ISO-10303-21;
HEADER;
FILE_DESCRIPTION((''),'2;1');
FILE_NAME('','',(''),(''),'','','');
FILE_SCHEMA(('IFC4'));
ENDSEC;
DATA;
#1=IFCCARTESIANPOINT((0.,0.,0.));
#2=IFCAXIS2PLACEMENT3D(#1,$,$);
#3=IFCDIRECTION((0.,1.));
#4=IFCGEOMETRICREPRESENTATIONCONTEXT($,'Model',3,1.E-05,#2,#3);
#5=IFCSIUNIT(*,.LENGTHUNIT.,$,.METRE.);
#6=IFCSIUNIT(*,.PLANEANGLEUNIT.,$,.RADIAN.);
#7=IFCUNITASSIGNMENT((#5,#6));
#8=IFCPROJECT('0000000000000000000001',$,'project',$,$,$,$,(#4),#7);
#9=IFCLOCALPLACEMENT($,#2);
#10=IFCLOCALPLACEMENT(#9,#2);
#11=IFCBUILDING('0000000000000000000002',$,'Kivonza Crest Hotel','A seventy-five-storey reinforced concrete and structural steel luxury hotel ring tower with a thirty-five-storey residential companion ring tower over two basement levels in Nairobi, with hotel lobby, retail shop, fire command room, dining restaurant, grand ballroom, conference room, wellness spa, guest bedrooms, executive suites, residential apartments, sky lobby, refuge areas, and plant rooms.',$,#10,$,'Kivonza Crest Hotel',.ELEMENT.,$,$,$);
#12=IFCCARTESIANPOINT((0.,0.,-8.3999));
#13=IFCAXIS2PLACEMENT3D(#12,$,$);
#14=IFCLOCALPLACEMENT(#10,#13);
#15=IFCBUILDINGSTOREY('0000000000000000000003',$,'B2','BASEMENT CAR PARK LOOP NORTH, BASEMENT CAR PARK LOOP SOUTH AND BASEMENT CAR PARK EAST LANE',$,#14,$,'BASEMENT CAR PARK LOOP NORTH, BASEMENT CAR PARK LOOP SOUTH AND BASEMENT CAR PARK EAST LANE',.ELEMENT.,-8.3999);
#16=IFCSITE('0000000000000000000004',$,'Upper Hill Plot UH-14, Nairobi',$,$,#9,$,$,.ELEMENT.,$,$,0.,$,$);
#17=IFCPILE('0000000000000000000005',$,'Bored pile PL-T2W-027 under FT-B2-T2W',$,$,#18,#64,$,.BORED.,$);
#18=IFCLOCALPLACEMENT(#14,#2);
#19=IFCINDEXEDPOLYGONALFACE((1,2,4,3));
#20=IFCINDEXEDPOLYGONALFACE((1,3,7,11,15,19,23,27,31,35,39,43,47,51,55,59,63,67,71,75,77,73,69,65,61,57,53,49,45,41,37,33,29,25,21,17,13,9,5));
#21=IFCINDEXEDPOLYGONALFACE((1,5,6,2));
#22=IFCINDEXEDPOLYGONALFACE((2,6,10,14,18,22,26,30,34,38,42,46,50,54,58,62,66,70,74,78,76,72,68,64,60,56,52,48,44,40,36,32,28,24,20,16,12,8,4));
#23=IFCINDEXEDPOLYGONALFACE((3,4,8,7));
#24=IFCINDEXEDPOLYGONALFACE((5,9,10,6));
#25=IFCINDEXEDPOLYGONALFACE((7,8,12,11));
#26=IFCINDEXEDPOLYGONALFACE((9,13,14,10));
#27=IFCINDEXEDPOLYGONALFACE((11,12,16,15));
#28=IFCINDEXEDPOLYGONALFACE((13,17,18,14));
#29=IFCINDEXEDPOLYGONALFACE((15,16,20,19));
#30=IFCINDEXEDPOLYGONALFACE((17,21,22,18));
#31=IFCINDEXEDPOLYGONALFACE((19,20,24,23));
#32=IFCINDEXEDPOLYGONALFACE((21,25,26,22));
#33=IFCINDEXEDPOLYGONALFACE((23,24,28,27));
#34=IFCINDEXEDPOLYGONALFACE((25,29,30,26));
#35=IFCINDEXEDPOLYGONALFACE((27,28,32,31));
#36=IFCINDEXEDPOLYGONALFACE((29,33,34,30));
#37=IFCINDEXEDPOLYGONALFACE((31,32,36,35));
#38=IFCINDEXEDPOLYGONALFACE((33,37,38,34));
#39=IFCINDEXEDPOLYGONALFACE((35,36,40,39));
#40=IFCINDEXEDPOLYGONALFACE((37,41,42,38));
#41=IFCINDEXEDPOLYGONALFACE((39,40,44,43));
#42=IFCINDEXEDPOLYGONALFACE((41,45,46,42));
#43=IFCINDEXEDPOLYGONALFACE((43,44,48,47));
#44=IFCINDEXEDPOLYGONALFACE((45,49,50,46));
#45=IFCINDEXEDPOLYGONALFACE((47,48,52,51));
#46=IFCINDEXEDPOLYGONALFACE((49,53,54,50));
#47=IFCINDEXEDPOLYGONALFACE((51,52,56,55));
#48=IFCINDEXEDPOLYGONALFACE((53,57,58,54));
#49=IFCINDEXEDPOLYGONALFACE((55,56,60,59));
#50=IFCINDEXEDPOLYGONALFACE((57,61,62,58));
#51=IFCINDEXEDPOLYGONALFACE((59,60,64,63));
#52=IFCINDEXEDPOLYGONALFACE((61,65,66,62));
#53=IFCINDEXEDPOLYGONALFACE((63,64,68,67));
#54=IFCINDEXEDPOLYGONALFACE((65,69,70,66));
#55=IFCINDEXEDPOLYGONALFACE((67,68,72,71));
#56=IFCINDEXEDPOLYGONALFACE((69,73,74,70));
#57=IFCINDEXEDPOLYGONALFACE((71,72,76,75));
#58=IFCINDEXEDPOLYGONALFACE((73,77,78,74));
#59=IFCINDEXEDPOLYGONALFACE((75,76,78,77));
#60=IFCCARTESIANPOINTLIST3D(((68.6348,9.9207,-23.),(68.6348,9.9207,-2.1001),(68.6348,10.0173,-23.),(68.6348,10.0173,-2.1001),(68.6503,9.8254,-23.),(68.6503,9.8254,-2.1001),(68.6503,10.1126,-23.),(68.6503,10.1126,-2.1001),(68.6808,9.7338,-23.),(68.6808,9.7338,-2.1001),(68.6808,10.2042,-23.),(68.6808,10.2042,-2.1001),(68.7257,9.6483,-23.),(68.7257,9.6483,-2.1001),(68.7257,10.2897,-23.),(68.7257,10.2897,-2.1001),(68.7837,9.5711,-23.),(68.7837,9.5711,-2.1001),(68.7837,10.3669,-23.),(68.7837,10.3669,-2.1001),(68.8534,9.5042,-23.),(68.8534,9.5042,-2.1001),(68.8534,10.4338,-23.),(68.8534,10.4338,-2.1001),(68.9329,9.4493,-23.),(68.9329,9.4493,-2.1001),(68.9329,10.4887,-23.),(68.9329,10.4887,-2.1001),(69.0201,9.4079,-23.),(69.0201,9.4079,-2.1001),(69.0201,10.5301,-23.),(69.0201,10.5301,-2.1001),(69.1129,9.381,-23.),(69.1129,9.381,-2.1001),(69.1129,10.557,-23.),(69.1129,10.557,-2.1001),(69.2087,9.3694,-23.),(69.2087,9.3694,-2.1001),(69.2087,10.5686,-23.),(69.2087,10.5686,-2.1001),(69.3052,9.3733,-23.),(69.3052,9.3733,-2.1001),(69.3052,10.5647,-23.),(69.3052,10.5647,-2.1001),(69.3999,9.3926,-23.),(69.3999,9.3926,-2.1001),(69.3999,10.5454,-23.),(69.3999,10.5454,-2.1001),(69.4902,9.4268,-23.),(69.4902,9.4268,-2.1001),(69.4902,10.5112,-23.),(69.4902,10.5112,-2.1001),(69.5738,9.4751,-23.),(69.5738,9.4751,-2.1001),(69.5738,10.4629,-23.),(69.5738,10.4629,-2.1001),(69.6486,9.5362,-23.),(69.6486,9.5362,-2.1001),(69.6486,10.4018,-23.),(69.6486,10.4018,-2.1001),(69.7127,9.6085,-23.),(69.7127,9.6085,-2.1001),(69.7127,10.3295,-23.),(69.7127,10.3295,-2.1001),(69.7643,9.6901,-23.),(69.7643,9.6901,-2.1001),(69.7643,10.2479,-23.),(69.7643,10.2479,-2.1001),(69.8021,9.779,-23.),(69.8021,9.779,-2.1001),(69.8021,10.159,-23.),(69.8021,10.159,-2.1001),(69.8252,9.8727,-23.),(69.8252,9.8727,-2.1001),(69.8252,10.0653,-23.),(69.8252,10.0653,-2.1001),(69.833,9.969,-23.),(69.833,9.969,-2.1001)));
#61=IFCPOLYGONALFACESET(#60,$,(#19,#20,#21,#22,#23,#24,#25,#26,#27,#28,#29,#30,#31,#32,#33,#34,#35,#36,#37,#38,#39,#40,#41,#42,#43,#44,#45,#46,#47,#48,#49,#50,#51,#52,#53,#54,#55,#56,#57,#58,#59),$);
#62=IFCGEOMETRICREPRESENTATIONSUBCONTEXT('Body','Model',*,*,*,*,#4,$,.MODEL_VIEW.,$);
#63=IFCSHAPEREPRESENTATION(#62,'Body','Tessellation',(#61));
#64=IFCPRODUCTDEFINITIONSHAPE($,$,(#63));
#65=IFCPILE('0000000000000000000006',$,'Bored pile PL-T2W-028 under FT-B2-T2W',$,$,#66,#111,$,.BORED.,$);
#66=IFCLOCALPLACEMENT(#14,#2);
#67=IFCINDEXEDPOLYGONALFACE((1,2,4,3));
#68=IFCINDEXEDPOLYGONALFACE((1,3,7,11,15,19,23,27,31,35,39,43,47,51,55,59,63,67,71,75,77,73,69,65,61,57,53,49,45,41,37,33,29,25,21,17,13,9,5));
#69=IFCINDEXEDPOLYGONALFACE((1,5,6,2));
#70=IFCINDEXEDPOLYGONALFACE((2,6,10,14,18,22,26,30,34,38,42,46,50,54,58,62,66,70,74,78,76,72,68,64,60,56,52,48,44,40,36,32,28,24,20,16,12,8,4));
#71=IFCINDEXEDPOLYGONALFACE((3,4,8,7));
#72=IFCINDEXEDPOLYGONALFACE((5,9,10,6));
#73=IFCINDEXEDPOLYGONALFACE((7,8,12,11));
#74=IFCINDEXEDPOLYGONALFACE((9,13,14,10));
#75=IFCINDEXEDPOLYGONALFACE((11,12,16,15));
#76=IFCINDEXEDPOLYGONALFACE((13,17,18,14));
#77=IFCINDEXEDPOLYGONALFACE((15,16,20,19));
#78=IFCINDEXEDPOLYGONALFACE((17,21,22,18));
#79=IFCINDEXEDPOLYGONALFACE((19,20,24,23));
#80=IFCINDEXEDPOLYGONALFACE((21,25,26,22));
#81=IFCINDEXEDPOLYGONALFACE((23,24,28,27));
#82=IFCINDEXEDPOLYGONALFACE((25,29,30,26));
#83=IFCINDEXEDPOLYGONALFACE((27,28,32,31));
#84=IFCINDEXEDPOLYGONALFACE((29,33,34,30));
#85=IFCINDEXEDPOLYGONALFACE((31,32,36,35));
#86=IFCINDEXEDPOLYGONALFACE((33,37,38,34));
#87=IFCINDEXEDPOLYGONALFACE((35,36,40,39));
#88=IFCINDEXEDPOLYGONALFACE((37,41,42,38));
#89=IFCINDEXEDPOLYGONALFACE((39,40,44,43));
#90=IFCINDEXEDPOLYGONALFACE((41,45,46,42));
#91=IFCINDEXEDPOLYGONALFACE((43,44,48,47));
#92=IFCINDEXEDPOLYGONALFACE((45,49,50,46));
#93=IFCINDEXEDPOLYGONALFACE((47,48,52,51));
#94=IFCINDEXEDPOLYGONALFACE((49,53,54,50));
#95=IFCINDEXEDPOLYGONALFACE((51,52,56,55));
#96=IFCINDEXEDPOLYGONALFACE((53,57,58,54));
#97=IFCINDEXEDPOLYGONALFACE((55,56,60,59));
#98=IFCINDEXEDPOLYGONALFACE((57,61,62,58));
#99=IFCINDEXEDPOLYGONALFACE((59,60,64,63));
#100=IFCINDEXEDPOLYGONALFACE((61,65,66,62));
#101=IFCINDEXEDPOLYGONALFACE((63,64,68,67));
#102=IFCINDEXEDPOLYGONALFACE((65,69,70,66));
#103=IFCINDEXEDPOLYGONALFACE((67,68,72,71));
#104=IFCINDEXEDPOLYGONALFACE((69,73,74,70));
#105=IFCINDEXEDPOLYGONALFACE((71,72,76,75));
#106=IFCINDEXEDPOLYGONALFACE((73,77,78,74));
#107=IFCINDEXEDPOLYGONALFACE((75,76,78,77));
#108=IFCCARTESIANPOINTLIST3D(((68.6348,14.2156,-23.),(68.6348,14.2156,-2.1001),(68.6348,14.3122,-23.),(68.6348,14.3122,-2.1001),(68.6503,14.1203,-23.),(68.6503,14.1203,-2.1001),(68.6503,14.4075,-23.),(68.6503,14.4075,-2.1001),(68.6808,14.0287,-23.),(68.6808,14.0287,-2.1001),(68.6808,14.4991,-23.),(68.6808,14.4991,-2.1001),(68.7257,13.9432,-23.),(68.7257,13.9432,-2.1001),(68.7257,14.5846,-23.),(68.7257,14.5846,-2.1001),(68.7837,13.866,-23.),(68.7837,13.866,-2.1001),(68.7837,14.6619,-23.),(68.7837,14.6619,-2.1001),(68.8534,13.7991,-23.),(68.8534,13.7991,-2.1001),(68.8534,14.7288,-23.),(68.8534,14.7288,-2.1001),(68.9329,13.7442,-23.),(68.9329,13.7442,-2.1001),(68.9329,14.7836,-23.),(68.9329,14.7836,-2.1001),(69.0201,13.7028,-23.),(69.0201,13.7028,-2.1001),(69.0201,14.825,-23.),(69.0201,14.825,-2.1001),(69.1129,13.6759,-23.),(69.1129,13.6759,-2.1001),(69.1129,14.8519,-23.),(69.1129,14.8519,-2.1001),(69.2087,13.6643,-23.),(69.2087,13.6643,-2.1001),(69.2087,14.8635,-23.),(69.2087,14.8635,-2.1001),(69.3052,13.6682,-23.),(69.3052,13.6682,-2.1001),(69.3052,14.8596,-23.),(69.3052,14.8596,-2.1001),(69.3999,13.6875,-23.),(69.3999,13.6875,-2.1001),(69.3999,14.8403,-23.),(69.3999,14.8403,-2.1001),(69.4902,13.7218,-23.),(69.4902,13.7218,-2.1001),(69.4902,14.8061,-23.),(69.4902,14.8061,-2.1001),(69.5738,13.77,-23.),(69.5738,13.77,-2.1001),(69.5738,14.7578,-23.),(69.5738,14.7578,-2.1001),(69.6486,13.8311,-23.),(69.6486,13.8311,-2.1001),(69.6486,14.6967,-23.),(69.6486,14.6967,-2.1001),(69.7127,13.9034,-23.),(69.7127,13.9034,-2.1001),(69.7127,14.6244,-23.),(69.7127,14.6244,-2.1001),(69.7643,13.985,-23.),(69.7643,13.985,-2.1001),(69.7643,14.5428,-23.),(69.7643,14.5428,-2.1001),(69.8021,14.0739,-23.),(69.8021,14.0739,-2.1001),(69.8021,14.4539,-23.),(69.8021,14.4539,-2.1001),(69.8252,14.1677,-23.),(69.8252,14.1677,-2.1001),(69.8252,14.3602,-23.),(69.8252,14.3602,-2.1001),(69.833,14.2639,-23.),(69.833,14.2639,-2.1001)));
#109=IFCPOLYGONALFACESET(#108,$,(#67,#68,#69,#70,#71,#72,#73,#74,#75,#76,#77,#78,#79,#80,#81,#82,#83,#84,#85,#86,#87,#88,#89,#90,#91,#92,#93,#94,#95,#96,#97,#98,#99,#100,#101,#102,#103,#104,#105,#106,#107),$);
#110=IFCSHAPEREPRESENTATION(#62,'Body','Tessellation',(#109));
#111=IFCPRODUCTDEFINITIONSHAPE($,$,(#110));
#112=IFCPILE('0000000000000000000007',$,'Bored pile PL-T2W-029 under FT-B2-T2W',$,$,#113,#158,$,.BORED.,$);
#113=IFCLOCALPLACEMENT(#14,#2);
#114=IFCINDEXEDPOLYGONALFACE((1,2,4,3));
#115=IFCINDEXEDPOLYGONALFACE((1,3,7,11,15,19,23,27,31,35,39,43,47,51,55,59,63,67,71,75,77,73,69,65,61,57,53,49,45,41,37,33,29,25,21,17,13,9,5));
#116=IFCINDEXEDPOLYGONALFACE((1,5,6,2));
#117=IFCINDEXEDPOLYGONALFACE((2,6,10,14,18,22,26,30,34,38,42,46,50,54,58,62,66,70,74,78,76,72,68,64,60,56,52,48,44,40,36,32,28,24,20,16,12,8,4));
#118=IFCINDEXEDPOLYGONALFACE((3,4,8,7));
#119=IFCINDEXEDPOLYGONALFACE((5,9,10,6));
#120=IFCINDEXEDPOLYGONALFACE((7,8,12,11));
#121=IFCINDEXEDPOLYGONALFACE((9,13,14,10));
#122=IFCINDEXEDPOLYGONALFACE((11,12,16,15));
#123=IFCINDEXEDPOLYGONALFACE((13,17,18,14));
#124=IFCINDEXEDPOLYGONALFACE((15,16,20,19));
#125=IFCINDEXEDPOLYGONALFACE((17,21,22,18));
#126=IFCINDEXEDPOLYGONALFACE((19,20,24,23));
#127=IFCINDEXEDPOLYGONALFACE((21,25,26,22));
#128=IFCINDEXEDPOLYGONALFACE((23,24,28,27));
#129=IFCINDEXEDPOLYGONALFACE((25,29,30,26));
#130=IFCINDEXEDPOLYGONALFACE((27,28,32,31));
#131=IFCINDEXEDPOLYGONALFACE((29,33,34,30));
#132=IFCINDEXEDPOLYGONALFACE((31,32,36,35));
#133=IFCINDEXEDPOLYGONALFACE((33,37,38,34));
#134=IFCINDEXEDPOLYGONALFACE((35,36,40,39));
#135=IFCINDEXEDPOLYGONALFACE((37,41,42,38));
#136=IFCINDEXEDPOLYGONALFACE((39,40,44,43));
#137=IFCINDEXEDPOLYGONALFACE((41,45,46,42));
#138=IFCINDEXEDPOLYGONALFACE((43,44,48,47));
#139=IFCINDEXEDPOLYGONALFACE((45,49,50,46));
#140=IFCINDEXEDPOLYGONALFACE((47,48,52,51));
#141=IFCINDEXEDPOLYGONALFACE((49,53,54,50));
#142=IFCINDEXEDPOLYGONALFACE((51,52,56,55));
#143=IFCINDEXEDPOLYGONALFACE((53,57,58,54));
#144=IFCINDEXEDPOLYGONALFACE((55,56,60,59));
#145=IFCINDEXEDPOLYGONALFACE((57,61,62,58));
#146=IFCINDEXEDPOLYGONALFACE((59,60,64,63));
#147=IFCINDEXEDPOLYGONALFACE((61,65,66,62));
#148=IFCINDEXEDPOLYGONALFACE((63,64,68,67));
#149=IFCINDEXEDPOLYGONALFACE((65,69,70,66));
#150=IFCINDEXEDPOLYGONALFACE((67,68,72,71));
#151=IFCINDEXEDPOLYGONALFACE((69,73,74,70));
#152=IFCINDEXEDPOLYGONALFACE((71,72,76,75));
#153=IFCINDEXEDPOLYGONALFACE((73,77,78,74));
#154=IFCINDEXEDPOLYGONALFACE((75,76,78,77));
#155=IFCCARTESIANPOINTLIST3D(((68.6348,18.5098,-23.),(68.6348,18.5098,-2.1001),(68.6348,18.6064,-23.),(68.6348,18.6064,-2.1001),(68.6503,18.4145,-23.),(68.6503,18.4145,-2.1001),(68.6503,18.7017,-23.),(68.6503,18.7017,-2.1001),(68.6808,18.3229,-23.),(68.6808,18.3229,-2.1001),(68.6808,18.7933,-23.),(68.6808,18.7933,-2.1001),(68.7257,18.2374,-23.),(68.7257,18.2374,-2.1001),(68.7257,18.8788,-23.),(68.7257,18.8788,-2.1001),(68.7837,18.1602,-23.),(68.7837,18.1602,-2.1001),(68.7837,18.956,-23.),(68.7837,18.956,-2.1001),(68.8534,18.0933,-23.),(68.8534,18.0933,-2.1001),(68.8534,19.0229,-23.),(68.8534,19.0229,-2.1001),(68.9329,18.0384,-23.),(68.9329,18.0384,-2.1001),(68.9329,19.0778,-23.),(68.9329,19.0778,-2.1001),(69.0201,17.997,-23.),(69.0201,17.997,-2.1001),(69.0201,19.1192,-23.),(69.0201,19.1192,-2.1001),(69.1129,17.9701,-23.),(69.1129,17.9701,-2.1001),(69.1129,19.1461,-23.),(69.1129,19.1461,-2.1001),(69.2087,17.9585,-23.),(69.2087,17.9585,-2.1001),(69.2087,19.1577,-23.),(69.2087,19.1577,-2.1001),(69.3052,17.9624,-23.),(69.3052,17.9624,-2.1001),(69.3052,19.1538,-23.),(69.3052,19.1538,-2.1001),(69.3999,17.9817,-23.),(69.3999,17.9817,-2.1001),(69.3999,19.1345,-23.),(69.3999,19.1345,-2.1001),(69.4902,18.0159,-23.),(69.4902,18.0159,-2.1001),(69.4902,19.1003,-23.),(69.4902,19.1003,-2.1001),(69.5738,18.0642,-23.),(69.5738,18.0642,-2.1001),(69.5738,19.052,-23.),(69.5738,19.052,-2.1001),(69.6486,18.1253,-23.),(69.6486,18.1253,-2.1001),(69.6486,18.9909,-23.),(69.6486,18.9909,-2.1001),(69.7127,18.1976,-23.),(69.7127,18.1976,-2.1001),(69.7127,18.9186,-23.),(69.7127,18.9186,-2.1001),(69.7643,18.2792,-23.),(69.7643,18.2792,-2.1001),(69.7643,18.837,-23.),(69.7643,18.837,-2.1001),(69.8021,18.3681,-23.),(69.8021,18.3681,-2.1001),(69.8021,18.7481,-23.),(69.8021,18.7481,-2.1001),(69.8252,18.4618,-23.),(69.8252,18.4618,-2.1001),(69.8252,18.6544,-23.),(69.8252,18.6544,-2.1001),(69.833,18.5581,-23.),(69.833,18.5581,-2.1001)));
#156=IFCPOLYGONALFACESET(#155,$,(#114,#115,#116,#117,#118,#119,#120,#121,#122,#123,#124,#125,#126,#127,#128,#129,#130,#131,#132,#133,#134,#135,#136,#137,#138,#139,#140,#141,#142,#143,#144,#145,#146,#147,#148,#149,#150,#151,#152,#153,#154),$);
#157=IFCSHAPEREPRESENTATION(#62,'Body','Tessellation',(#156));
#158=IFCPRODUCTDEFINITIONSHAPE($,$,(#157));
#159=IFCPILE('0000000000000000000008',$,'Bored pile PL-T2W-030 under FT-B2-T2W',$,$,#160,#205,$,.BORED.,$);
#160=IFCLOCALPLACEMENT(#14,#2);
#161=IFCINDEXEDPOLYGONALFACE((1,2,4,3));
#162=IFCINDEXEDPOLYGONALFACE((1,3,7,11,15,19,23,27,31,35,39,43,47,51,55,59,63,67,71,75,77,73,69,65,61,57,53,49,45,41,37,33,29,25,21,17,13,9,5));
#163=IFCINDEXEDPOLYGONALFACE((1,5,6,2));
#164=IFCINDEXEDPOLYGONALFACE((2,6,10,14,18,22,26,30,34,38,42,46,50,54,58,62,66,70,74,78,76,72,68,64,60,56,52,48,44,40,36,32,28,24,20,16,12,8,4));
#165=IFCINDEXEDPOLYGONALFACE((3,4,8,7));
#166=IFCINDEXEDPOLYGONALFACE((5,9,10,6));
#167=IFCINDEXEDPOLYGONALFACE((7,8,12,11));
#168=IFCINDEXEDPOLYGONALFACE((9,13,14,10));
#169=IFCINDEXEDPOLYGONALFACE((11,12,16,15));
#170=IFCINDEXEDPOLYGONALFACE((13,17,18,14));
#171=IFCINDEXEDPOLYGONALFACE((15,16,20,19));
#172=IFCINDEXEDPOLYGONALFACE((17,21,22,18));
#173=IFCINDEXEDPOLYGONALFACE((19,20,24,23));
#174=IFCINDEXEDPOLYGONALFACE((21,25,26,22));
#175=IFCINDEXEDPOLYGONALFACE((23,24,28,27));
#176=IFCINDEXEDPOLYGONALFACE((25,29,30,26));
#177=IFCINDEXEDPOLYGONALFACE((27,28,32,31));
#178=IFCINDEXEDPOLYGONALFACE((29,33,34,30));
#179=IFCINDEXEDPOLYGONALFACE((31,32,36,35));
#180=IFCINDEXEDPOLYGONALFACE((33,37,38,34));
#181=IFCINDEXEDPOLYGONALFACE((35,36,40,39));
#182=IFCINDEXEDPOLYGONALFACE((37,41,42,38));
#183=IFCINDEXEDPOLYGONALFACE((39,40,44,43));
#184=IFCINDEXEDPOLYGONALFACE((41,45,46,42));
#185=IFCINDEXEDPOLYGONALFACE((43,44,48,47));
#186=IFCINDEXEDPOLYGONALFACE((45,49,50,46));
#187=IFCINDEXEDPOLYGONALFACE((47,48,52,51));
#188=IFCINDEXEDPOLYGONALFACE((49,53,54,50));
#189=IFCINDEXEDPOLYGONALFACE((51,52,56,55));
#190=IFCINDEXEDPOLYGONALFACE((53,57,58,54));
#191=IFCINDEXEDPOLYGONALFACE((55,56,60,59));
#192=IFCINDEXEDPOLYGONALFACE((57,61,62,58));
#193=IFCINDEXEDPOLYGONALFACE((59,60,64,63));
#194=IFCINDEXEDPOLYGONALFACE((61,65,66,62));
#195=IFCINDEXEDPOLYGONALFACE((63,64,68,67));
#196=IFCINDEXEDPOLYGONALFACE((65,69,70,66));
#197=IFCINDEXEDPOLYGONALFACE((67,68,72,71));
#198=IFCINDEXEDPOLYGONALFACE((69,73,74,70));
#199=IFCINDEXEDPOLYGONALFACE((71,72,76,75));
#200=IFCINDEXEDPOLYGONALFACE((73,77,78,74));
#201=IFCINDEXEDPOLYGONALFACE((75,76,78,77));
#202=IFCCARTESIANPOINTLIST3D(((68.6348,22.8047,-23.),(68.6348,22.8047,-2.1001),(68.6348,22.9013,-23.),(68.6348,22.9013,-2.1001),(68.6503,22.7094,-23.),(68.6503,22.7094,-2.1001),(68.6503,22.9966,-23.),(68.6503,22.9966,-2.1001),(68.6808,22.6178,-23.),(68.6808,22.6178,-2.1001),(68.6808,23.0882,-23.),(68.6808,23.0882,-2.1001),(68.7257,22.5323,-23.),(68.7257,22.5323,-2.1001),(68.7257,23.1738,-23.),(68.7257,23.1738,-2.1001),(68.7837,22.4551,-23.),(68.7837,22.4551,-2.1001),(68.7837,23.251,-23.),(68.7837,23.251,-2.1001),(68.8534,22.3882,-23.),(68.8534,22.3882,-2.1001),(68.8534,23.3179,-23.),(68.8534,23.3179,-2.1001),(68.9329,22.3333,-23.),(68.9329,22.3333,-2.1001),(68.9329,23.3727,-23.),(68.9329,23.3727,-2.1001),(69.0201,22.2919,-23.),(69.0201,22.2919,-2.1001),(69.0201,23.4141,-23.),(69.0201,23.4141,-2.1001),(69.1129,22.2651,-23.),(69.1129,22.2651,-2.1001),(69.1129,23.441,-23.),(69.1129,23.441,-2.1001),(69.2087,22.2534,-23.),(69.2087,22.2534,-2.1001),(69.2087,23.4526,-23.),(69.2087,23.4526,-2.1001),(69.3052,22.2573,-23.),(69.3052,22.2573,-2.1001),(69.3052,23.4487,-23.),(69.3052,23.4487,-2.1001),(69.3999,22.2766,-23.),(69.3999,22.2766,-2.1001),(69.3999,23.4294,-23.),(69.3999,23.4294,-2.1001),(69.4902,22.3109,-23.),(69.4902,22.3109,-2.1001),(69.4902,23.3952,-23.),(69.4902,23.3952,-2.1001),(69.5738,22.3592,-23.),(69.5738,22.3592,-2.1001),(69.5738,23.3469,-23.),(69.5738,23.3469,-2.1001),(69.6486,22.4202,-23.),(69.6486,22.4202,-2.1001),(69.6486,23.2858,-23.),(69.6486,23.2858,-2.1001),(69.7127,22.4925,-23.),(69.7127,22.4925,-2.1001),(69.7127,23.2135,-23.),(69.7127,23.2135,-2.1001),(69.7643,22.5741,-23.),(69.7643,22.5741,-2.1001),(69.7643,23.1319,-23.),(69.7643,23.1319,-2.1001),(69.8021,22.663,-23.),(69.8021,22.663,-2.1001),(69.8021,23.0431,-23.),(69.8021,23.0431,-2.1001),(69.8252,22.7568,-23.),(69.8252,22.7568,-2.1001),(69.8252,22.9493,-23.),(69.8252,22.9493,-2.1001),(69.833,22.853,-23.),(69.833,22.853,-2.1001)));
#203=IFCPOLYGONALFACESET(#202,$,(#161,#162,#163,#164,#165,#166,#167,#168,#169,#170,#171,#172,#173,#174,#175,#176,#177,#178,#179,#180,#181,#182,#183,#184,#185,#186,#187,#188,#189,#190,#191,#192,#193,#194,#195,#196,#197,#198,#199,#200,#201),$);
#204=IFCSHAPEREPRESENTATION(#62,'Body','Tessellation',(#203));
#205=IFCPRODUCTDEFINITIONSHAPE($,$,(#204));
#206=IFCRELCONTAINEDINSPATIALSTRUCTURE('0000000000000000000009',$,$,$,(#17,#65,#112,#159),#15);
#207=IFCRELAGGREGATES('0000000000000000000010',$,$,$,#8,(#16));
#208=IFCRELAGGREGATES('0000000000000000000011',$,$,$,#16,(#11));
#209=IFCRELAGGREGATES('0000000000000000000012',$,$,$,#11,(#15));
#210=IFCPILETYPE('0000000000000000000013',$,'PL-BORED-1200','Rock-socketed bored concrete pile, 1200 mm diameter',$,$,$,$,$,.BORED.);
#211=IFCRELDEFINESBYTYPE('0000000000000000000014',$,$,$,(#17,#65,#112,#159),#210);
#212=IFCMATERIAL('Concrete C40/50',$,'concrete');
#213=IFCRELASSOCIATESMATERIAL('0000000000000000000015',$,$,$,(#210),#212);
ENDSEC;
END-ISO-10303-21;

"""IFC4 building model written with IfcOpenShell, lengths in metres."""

from ifc_helpers import new_model, si_unit, direction, frame, origin, origin_2d, place, context, subcontext, project, spatial, circle, extrude, material, material_profile, profile_set, type_object, element, save


model = new_model("IFC4")

# Units and contexts
model_context = context("Model", 3, precision=1e-05, world=origin(), true_north=direction((0.0, 1.0)))
body_context = subcontext(model_context, "Body", "Model", "MODEL_VIEW")
ifc_project = project(units=[si_unit("LENGTHUNIT", "METRE"), si_unit("PLANEANGLEUNIT", "RADIAN")], contexts=[model_context])

# Site, building, storey
site_placement = place(None, origin())
site = spatial("IfcSite", under=ifc_project, at=site_placement, Name="Upper Hill Plot UH-14, Nairobi", CompositionType="ELEMENT", RefElevation=0.0)
building_placement = place(site_placement, origin())
building = spatial("IfcBuilding", under=site, at=building_placement, Name="Kivonza Crest Hotel", Description="A seventy-five-storey reinforced concrete and structural steel luxury hotel ring tower with a thirty-five-storey residential companion ring tower over two basement levels in Nairobi, with hotel lobby, retail shop, fire command room, dining restaurant, grand ballroom, conference room, wellness spa, guest bedrooms, executive suites, residential apartments, sky lobby, refuge areas, and plant rooms.", LongName="Kivonza Crest Hotel", CompositionType="ELEMENT")
storey_placement = place(building_placement, frame((0.0, 0.0, -8.3999)))
storey = spatial("IfcBuildingStorey", under=building, at=storey_placement, Name="B2", Description="BASEMENT CAR PARK LOOP NORTH, BASEMENT CAR PARK LOOP SOUTH AND BASEMENT CAR PARK EAST LANE", LongName="BASEMENT CAR PARK LOOP NORTH, BASEMENT CAR PARK LOOP SOUTH AND BASEMENT CAR PARK EAST LANE", CompositionType="ELEMENT", Elevation=-8.3999)

# Piles
ifc_material_1 = material(Name="Concrete C40/50", Category="concrete")
ifc_material_profile_1 = material_profile(ifc_material_1, circle(Radius=0.6001, at=origin_2d()), Name="PILE D1200")
ifc_profile_set_1 = profile_set([ifc_material_profile_1], Name="Concrete C40/50")
pile_type = type_object("IfcPileType", Name="PL-BORED-1200", Description="Rock-socketed bored concrete pile, 1200 mm diameter", PredefinedType="BORED", material=ifc_profile_set_1)
for number, where, z_axis, x_axis, name in (
    (1, (69.2329, 9.969, -2.1001), (0.0, 0.0, -1.0), (1.0, 0.0, 0.0), "Bored pile PL-T2W-027 under FT-B2-T2W"),
    (2, (69.2329, 14.2639, -2.1001), (0.0, 0.0, -1.0), (1.0, 0.0, 0.0), "Bored pile PL-T2W-028 under FT-B2-T2W"),
    (3, (69.2329, 18.5581, -2.1001), (0.0, 0.0, -1.0), (1.0, 0.0, 0.0), "Bored pile PL-T2W-029 under FT-B2-T2W"),
    (4, (69.2329, 22.853, -2.1001), (0.0, 0.0, -1.0), (1.0, 0.0, 0.0), "Bored pile PL-T2W-030 under FT-B2-T2W"),
):
    element("IfcPile", number, at=place(storey_placement, frame(where, z_axis=z_axis, x_axis=x_axis)), inside=storey, type_object=pile_type, Name=name, PredefinedType="BORED", context=body_context, shape_type="SweptSolid", body=[
        extrude(circle(Radius=0.6001, at=origin_2d()), origin(), (0.0, 0.0, 1.0), 20.8999),
    ])

save(model, "model.ifc")
